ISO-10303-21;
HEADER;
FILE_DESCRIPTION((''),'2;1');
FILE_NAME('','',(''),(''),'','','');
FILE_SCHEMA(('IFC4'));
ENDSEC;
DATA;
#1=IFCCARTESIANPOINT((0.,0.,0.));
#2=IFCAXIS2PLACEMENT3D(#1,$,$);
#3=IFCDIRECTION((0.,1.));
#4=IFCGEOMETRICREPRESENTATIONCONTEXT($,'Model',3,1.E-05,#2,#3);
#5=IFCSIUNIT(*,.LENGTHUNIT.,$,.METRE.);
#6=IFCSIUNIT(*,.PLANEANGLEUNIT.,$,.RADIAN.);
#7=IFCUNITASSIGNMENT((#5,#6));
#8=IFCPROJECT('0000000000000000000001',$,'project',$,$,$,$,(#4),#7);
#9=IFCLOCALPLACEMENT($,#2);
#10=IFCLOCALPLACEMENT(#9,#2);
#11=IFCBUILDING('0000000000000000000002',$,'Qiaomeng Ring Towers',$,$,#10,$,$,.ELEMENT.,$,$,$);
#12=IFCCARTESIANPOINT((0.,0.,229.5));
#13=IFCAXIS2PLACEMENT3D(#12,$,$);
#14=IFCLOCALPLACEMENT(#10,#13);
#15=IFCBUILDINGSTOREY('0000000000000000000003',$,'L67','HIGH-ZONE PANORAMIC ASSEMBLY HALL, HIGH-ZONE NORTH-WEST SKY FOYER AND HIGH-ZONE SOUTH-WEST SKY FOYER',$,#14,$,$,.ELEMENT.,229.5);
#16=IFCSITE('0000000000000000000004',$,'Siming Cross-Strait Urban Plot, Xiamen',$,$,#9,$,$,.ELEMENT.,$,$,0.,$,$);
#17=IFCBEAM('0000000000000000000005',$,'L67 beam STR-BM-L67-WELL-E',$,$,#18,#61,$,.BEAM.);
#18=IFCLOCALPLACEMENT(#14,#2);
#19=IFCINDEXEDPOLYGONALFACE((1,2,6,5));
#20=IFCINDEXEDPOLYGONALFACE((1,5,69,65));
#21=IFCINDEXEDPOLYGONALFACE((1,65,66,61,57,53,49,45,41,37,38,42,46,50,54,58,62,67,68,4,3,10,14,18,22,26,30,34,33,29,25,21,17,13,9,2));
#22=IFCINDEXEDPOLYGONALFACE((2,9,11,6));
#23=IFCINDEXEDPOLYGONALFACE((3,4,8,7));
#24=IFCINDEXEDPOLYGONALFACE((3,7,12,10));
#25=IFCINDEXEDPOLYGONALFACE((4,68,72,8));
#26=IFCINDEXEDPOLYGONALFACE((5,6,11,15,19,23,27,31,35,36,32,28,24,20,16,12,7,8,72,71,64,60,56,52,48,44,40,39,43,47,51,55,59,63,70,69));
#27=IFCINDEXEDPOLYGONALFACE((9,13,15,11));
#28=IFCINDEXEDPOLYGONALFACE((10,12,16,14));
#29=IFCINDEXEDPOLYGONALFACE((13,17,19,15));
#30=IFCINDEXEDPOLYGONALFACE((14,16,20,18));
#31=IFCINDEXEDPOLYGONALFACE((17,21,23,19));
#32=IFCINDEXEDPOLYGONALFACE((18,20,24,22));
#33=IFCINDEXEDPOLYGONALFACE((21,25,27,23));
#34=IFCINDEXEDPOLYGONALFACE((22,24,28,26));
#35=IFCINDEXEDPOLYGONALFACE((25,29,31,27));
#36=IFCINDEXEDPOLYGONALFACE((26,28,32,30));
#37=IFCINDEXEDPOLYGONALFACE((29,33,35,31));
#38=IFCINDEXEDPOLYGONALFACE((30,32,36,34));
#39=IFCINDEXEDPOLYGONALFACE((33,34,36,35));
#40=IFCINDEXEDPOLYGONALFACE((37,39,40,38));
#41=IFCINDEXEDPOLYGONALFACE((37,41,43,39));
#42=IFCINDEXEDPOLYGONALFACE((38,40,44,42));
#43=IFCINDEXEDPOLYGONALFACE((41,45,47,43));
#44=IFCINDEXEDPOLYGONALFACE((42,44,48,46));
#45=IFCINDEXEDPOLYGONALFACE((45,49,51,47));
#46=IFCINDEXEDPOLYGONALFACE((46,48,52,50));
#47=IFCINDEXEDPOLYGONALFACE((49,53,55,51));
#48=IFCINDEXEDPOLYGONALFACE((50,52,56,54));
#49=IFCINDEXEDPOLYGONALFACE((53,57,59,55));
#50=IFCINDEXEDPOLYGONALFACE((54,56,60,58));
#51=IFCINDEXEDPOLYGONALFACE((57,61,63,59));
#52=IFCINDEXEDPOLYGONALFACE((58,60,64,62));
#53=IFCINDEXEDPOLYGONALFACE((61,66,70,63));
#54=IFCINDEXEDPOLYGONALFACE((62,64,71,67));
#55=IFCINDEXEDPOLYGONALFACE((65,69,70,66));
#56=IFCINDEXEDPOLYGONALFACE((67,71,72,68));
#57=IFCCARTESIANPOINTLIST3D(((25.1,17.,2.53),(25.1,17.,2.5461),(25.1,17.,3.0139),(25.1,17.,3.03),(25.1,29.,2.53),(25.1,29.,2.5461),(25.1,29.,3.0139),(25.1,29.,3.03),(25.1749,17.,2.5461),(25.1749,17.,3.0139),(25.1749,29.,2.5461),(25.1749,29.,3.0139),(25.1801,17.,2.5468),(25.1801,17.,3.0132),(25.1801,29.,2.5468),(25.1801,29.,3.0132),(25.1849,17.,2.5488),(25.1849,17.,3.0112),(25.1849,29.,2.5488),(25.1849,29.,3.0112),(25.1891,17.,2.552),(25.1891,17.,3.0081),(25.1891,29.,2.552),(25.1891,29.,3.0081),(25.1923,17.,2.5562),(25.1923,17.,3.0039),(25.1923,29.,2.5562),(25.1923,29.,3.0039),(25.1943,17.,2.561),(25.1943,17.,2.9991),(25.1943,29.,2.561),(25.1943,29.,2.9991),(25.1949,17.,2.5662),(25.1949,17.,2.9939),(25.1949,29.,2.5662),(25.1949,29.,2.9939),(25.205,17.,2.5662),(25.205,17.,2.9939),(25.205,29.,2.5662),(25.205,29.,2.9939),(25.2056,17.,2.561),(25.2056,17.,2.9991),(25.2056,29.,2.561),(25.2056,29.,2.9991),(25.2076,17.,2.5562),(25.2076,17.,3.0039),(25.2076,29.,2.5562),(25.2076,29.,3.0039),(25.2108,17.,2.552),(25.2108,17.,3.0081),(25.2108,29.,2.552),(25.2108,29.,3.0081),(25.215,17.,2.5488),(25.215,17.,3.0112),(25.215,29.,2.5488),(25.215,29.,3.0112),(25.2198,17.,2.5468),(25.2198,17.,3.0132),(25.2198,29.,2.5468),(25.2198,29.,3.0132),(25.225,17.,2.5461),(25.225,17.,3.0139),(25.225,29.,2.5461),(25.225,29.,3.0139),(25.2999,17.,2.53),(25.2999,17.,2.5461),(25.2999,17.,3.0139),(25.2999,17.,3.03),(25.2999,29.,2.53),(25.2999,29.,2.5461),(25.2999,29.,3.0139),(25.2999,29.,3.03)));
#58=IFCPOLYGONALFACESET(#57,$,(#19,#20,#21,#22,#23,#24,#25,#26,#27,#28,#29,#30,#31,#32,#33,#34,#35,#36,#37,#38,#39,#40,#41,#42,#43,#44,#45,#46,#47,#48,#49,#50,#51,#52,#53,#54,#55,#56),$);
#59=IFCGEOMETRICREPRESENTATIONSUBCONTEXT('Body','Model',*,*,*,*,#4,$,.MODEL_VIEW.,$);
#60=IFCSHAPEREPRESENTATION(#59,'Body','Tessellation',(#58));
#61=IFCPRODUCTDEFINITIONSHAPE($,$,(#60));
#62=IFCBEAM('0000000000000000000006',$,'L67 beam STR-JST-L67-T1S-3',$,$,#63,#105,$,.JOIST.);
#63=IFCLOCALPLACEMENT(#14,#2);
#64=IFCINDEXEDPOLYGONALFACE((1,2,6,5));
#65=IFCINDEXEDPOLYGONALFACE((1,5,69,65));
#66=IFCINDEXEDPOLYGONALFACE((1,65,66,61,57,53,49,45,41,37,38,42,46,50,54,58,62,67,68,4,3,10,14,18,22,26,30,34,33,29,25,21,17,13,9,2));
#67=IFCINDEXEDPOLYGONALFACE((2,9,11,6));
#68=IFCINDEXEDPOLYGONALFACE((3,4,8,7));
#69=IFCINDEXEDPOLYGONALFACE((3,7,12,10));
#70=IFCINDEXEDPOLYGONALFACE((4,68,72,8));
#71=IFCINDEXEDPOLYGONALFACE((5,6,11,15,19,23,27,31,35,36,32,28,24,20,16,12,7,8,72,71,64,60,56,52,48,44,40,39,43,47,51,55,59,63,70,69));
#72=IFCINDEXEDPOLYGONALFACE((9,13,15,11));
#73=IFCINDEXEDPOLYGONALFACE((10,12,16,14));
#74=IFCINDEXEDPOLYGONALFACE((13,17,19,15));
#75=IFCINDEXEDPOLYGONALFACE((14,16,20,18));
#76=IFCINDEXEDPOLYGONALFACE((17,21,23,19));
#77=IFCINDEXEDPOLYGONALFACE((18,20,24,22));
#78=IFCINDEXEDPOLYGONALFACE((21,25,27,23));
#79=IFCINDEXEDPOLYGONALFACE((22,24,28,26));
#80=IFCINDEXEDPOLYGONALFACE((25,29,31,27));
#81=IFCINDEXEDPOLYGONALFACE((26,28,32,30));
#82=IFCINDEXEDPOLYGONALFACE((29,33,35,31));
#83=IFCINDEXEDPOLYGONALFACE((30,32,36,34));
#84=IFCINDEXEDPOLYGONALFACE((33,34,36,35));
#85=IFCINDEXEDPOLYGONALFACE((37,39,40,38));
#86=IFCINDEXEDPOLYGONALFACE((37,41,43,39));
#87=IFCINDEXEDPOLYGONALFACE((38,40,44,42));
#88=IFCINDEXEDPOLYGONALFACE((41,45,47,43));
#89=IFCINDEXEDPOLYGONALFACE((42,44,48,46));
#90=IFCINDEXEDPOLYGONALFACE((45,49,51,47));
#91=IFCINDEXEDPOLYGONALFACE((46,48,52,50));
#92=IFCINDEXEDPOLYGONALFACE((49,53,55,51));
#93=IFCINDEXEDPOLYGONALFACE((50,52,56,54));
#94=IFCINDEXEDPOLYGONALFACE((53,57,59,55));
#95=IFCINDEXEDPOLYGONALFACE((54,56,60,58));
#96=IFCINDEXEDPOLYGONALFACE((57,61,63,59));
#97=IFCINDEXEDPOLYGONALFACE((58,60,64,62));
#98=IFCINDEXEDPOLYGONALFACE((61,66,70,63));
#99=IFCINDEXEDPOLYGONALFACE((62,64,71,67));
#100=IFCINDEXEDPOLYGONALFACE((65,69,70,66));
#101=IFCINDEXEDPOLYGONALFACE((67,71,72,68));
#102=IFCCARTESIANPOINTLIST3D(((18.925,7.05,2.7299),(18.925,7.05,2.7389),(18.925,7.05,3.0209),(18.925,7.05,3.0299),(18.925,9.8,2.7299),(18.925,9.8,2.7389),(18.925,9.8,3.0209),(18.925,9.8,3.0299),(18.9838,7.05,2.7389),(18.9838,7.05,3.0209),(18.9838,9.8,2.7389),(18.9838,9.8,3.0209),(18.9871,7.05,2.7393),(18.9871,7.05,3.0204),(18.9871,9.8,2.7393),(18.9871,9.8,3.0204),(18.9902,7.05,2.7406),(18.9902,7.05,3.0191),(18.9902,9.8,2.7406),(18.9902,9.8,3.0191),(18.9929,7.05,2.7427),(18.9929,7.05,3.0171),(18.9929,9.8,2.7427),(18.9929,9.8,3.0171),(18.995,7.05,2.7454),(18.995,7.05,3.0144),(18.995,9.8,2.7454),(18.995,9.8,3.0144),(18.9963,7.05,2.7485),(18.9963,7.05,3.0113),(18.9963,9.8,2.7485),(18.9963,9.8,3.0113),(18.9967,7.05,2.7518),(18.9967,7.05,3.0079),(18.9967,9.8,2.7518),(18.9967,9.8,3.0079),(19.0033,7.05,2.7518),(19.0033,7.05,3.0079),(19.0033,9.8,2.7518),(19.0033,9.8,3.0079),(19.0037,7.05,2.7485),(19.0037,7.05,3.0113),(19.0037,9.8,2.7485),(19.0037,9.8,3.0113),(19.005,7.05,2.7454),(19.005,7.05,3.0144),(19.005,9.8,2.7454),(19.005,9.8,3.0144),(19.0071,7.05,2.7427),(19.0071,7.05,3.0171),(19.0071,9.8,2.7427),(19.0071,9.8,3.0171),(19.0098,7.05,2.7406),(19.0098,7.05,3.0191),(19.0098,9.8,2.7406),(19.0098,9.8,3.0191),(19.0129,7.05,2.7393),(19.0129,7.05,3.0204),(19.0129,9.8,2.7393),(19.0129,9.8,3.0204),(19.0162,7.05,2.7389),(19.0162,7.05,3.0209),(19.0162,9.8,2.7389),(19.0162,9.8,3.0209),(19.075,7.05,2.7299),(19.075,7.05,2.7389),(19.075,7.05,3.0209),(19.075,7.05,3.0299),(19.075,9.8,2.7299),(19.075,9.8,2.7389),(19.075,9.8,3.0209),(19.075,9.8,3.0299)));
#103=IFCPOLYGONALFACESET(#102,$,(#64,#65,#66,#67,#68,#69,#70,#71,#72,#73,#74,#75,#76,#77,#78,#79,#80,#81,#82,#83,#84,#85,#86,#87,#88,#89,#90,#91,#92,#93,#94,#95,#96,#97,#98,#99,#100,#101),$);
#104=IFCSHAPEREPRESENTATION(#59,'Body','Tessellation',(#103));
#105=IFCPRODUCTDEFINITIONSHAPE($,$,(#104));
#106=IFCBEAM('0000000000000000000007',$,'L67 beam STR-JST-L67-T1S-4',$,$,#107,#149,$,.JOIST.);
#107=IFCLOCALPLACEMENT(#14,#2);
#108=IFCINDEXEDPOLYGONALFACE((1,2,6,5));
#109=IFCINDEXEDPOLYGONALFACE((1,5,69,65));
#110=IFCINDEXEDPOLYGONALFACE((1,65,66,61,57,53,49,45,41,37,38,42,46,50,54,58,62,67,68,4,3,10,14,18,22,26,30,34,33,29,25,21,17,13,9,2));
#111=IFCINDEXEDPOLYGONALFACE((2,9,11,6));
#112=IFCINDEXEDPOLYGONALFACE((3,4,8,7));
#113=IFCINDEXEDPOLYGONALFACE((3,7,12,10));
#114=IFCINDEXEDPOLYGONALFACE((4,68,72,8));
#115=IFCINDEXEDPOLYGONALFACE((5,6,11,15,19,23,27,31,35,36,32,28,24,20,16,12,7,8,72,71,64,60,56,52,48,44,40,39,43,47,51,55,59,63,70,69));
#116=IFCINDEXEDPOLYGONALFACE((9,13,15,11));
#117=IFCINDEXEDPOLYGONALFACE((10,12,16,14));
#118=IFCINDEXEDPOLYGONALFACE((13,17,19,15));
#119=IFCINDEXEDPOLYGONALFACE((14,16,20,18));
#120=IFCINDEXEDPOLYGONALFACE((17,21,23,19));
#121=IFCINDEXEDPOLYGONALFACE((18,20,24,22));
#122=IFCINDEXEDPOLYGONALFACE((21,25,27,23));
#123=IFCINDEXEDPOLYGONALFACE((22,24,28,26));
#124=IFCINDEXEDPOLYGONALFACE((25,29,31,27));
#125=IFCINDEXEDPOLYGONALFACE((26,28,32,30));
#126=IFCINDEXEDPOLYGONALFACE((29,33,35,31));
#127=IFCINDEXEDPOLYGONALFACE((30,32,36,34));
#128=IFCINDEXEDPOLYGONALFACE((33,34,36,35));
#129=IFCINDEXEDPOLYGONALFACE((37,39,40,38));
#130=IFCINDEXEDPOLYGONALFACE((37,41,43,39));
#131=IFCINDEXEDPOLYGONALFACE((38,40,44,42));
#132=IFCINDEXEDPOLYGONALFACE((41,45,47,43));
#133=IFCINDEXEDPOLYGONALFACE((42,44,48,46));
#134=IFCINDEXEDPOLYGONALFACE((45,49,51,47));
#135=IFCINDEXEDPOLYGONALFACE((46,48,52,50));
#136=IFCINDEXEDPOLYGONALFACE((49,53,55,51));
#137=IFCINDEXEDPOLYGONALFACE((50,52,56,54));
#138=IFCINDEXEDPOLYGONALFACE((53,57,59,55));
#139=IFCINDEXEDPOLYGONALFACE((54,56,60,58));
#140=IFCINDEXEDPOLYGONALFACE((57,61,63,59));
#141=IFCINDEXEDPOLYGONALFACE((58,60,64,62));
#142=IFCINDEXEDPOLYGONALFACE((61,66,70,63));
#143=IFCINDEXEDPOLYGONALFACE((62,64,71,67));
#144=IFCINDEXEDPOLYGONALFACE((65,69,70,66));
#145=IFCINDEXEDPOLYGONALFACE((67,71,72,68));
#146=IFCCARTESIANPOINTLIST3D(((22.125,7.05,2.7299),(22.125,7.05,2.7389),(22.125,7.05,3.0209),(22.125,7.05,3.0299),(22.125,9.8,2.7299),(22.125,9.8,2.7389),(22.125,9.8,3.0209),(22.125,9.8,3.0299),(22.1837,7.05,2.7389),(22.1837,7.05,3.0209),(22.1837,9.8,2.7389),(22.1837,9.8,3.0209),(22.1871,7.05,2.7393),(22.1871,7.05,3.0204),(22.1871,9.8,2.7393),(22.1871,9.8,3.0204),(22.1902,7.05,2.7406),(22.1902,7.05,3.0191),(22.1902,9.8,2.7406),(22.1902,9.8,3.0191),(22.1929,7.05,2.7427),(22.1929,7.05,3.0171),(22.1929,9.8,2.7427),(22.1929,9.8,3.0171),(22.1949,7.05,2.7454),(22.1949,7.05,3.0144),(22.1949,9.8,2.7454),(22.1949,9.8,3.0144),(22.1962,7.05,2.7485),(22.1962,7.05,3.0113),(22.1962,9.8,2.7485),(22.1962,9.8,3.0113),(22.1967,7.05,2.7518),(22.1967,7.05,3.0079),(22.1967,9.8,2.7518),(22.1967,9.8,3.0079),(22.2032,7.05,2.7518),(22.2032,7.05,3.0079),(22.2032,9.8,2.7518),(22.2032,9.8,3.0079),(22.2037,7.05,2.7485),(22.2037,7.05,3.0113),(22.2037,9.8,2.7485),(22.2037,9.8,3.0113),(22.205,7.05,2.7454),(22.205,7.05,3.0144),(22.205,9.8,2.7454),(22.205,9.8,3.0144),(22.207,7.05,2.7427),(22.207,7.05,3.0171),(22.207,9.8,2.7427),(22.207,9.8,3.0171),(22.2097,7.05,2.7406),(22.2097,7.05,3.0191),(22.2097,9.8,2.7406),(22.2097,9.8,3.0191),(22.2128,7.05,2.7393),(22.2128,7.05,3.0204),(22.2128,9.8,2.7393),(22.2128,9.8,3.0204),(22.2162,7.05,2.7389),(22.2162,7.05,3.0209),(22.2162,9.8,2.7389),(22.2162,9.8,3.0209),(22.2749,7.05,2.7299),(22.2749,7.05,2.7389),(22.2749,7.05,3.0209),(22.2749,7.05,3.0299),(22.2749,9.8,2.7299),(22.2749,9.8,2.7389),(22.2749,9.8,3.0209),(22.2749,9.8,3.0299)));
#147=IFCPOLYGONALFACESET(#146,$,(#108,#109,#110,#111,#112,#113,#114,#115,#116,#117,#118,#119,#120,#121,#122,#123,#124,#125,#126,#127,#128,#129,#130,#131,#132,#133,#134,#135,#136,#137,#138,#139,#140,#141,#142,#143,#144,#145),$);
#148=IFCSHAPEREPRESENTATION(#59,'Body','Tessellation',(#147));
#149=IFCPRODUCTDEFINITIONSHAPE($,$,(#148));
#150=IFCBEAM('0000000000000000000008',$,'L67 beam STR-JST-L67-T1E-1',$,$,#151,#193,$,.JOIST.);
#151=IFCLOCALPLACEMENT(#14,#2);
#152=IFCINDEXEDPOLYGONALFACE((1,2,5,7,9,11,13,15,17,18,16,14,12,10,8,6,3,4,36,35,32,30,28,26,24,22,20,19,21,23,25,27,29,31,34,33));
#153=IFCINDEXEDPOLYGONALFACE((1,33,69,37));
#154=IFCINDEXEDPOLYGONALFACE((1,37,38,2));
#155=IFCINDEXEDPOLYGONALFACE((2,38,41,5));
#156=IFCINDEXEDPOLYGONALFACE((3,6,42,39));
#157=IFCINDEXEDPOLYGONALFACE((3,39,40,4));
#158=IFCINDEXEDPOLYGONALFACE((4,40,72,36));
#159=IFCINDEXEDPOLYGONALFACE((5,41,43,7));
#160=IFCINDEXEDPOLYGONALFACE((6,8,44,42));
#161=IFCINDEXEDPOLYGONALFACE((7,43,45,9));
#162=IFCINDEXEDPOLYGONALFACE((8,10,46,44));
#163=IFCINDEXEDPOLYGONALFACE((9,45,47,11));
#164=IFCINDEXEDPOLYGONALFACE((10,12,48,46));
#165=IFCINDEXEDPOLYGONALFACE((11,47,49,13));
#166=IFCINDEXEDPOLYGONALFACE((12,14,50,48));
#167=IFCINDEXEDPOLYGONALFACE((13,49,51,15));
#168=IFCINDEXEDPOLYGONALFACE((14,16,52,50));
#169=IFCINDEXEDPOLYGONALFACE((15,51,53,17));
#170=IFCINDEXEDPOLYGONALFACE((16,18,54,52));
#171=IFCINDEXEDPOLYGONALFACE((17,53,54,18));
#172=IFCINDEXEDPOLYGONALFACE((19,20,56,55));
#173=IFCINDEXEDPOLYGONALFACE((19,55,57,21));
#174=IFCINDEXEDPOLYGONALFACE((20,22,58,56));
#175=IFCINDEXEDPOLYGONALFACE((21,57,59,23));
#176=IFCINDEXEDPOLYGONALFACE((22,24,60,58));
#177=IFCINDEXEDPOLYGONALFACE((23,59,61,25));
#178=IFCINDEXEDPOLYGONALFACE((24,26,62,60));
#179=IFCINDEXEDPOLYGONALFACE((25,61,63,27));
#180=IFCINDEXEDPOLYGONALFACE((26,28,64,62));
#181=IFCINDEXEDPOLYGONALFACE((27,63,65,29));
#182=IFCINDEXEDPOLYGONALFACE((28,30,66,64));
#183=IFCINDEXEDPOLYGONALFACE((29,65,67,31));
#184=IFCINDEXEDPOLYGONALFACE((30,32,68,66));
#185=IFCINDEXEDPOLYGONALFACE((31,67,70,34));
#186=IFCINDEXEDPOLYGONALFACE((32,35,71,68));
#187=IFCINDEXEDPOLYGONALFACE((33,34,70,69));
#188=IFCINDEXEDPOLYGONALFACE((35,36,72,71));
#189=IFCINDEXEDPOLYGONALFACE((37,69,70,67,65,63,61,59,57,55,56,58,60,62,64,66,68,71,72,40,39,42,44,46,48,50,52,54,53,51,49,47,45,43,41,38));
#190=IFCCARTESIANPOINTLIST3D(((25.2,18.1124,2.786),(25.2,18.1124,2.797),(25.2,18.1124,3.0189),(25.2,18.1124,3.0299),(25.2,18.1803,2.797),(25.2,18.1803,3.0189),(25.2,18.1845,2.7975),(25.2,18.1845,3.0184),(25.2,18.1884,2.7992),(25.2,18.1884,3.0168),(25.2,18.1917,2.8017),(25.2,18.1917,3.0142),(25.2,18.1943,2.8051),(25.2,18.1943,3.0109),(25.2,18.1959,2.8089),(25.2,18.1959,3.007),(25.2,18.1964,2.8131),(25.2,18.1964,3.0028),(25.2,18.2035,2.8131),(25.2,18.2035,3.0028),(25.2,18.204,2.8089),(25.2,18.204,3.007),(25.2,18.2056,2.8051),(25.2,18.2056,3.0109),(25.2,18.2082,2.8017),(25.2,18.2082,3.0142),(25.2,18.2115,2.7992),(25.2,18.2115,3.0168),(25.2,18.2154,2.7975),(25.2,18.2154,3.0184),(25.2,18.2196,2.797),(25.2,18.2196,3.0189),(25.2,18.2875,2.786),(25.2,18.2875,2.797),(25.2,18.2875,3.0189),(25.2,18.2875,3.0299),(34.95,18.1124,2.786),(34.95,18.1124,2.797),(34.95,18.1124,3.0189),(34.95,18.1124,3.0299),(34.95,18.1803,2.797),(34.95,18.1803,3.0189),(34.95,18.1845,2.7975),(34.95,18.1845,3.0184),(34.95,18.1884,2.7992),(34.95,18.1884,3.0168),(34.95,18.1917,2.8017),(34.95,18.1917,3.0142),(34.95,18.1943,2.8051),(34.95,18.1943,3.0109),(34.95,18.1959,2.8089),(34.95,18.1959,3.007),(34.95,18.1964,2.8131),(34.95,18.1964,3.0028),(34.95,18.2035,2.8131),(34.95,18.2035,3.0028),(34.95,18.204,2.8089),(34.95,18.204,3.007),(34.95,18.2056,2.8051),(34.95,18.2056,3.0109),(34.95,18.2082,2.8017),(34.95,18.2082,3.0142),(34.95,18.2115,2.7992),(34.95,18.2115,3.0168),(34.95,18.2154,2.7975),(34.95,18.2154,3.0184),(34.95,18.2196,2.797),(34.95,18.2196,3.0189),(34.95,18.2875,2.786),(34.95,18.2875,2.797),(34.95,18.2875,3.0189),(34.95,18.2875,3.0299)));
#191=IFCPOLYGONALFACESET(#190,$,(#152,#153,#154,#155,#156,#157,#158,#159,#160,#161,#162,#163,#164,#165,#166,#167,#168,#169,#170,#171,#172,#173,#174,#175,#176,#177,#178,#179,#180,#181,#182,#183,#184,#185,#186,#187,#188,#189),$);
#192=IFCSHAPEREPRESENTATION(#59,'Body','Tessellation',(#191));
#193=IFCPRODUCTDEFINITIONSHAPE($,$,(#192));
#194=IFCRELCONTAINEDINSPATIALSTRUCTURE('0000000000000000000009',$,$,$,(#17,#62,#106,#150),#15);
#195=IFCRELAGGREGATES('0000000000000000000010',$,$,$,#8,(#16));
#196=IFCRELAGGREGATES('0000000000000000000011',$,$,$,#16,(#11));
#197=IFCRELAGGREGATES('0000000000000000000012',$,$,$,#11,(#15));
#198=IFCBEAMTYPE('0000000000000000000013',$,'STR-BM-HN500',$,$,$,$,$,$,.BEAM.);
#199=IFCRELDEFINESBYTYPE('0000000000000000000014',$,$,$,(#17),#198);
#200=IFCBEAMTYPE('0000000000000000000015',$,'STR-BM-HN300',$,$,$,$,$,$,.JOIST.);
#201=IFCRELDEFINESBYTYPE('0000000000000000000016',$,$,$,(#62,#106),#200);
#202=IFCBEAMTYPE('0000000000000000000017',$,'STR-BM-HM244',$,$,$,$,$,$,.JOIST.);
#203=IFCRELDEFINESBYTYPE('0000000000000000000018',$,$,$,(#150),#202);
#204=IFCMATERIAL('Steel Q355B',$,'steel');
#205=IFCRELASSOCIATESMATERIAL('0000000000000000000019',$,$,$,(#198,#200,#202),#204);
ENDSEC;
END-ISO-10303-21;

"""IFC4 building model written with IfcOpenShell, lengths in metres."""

from ifc_helpers import new_model, si_unit, direction, frame, origin, origin_2d, place, context, subcontext, project, spatial, i_section, extrude, source, transform, mapped, material, material_profile, profile_set, type_object, element, save


model = new_model("IFC4")

# Units and contexts
model_context = context("Model", 3, precision=1e-05, world=origin(), true_north=direction((0.0, 1.0)))
body_context = subcontext(model_context, "Body", "Model", "MODEL_VIEW")
ifc_project = project(units=[si_unit("LENGTHUNIT", "METRE"), si_unit("PLANEANGLEUNIT", "RADIAN")], contexts=[model_context])

# Site, building, storey
site_placement = place(None, origin())
site = spatial("IfcSite", under=ifc_project, at=site_placement, Name="Siming Cross-Strait Urban Plot, Xiamen", CompositionType="ELEMENT", RefElevation=0.0)
building_placement = place(site_placement, origin())
building = spatial("IfcBuilding", under=site, at=building_placement, Name="Qiaomeng Ring Towers", CompositionType="ELEMENT")
storey_placement = place(building_placement, frame((0.0, 0.0, 229.5)))
storey = spatial("IfcBuildingStorey", under=building, at=storey_placement, Name="L67", Description="HIGH-ZONE PANORAMIC ASSEMBLY HALL, HIGH-ZONE NORTH-WEST SKY FOYER AND HIGH-ZONE SOUTH-WEST SKY FOYER", CompositionType="ELEMENT", Elevation=229.5)

# Beams
ifc_material_1 = material(Name="Steel Q355B", Category="steel")
ifc_material_profile_1 = material_profile(ifc_material_1, i_section(OverallWidth=0.2, OverallDepth=0.5, WebThickness=0.01, FlangeThickness=0.0161, FilletRadius=0.02, at=origin_2d()), Name="HN 500x200x10x16")
ifc_profile_set_1 = profile_set([ifc_material_profile_1], Name="Steel Q355B")
beam_type_1 = type_object("IfcBeamType", Name="STR-BM-HN500", PredefinedType="BEAM", material=ifc_profile_set_1)
shared_shape_1 = source(origin(), body_context, "Body", "SweptSolid", [
    extrude(i_section(OverallWidth=0.2, OverallDepth=0.5, WebThickness=0.01, FlangeThickness=0.0161, FilletRadius=0.02, at=origin_2d()), origin(), (0.0, 0.0, 1.0), 12.0),
])
beam_1_placement = place(storey_placement, frame((25.2, 17.0, 2.78), z_axis=(0.0, 1.0, 0.0), x_axis=(-1.0, 0.0, 0.0)))
element("IfcBeam", 1, at=beam_1_placement, inside=storey, type_object=beam_type_1, Name="L67 beam STR-BM-L67-WELL-E", PredefinedType="BEAM", context=body_context, shape_type="MappedRepresentation", body=[
    mapped(shared_shape_1, transform((0.0, 0.0, 0.0), x_axis=(1.0, 0.0, 0.0), y_axis=(0.0, 1.0, 0.0), z_axis=(0.0, 0.0, 1.0), scale=1.0)),
])
ifc_material_profile_2 = material_profile(ifc_material_1, i_section(OverallWidth=0.1499, OverallDepth=0.3, WebThickness=0.0066, FlangeThickness=0.009, FilletRadius=0.0129, at=origin_2d()), Name="HN 300x150x6.5x9")
ifc_profile_set_2 = profile_set([ifc_material_profile_2], Name="Steel Q355B")
beam_type_2 = type_object("IfcBeamType", Name="STR-BM-HN300", PredefinedType="JOIST", material=ifc_profile_set_2)
shared_shape_2 = source(origin(), body_context, "Body", "SweptSolid", [
    extrude(i_section(OverallWidth=0.1499, OverallDepth=0.3, WebThickness=0.0066, FlangeThickness=0.009, FilletRadius=0.0129, at=origin_2d()), origin(), (0.0, 0.0, 1.0), 2.75),
])
for number, where, z_axis, x_axis, name in (
    (2, (19.0, 7.05, 2.8799), (0.0, 1.0, 0.0), (-1.0, 0.0, 0.0), "L67 beam STR-JST-L67-T1S-3"),
    (3, (22.2, 7.05, 2.8799), (0.0, 1.0, 0.0), (-1.0, 0.0, 0.0), "L67 beam STR-JST-L67-T1S-4"),
):
    element("IfcBeam", number, at=place(storey_placement, frame(where, z_axis=z_axis, x_axis=x_axis)), inside=storey, type_object=beam_type_2, Name=name, PredefinedType="JOIST", context=body_context, shape_type="MappedRepresentation", body=[
        mapped(shared_shape_2, transform((0.0, 0.0, 0.0), x_axis=(1.0, 0.0, 0.0), y_axis=(0.0, 1.0, 0.0), z_axis=(0.0, 0.0, 1.0), scale=1.0)),
    ])
ifc_material_profile_3 = material_profile(ifc_material_1, i_section(OverallWidth=0.175, OverallDepth=0.2439, WebThickness=0.0071, FlangeThickness=0.011, FilletRadius=0.0161, at=origin_2d()), Name="HM 244x175x7x11")
ifc_profile_set_3 = profile_set([ifc_material_profile_3], Name="Steel Q355B")
beam_type_3 = type_object("IfcBeamType", Name="STR-BM-HM244", PredefinedType="JOIST", material=ifc_profile_set_3)
shared_shape_3 = source(origin(), body_context, "Body", "SweptSolid", [
    extrude(i_section(OverallWidth=0.175, OverallDepth=0.2439, WebThickness=0.0071, FlangeThickness=0.011, FilletRadius=0.0161, at=origin_2d()), origin(), (0.0, 0.0, 1.0), 9.75),
])
beam_2_placement = place(storey_placement, frame((25.2, 18.2, 2.908), z_axis=(1.0, 0.0, 0.0), x_axis=(0.0, 1.0, 0.0)))
element("IfcBeam", 4, at=beam_2_placement, inside=storey, type_object=beam_type_3, Name="L67 beam STR-JST-L67-T1E-1", PredefinedType="JOIST", context=body_context, shape_type="MappedRepresentation", body=[
    mapped(shared_shape_3, transform((0.0, 0.0, 0.0), x_axis=(1.0, 0.0, 0.0), y_axis=(0.0, 1.0, 0.0), z_axis=(0.0, 0.0, 1.0), scale=1.0)),
])

save(model, "model.ifc")
